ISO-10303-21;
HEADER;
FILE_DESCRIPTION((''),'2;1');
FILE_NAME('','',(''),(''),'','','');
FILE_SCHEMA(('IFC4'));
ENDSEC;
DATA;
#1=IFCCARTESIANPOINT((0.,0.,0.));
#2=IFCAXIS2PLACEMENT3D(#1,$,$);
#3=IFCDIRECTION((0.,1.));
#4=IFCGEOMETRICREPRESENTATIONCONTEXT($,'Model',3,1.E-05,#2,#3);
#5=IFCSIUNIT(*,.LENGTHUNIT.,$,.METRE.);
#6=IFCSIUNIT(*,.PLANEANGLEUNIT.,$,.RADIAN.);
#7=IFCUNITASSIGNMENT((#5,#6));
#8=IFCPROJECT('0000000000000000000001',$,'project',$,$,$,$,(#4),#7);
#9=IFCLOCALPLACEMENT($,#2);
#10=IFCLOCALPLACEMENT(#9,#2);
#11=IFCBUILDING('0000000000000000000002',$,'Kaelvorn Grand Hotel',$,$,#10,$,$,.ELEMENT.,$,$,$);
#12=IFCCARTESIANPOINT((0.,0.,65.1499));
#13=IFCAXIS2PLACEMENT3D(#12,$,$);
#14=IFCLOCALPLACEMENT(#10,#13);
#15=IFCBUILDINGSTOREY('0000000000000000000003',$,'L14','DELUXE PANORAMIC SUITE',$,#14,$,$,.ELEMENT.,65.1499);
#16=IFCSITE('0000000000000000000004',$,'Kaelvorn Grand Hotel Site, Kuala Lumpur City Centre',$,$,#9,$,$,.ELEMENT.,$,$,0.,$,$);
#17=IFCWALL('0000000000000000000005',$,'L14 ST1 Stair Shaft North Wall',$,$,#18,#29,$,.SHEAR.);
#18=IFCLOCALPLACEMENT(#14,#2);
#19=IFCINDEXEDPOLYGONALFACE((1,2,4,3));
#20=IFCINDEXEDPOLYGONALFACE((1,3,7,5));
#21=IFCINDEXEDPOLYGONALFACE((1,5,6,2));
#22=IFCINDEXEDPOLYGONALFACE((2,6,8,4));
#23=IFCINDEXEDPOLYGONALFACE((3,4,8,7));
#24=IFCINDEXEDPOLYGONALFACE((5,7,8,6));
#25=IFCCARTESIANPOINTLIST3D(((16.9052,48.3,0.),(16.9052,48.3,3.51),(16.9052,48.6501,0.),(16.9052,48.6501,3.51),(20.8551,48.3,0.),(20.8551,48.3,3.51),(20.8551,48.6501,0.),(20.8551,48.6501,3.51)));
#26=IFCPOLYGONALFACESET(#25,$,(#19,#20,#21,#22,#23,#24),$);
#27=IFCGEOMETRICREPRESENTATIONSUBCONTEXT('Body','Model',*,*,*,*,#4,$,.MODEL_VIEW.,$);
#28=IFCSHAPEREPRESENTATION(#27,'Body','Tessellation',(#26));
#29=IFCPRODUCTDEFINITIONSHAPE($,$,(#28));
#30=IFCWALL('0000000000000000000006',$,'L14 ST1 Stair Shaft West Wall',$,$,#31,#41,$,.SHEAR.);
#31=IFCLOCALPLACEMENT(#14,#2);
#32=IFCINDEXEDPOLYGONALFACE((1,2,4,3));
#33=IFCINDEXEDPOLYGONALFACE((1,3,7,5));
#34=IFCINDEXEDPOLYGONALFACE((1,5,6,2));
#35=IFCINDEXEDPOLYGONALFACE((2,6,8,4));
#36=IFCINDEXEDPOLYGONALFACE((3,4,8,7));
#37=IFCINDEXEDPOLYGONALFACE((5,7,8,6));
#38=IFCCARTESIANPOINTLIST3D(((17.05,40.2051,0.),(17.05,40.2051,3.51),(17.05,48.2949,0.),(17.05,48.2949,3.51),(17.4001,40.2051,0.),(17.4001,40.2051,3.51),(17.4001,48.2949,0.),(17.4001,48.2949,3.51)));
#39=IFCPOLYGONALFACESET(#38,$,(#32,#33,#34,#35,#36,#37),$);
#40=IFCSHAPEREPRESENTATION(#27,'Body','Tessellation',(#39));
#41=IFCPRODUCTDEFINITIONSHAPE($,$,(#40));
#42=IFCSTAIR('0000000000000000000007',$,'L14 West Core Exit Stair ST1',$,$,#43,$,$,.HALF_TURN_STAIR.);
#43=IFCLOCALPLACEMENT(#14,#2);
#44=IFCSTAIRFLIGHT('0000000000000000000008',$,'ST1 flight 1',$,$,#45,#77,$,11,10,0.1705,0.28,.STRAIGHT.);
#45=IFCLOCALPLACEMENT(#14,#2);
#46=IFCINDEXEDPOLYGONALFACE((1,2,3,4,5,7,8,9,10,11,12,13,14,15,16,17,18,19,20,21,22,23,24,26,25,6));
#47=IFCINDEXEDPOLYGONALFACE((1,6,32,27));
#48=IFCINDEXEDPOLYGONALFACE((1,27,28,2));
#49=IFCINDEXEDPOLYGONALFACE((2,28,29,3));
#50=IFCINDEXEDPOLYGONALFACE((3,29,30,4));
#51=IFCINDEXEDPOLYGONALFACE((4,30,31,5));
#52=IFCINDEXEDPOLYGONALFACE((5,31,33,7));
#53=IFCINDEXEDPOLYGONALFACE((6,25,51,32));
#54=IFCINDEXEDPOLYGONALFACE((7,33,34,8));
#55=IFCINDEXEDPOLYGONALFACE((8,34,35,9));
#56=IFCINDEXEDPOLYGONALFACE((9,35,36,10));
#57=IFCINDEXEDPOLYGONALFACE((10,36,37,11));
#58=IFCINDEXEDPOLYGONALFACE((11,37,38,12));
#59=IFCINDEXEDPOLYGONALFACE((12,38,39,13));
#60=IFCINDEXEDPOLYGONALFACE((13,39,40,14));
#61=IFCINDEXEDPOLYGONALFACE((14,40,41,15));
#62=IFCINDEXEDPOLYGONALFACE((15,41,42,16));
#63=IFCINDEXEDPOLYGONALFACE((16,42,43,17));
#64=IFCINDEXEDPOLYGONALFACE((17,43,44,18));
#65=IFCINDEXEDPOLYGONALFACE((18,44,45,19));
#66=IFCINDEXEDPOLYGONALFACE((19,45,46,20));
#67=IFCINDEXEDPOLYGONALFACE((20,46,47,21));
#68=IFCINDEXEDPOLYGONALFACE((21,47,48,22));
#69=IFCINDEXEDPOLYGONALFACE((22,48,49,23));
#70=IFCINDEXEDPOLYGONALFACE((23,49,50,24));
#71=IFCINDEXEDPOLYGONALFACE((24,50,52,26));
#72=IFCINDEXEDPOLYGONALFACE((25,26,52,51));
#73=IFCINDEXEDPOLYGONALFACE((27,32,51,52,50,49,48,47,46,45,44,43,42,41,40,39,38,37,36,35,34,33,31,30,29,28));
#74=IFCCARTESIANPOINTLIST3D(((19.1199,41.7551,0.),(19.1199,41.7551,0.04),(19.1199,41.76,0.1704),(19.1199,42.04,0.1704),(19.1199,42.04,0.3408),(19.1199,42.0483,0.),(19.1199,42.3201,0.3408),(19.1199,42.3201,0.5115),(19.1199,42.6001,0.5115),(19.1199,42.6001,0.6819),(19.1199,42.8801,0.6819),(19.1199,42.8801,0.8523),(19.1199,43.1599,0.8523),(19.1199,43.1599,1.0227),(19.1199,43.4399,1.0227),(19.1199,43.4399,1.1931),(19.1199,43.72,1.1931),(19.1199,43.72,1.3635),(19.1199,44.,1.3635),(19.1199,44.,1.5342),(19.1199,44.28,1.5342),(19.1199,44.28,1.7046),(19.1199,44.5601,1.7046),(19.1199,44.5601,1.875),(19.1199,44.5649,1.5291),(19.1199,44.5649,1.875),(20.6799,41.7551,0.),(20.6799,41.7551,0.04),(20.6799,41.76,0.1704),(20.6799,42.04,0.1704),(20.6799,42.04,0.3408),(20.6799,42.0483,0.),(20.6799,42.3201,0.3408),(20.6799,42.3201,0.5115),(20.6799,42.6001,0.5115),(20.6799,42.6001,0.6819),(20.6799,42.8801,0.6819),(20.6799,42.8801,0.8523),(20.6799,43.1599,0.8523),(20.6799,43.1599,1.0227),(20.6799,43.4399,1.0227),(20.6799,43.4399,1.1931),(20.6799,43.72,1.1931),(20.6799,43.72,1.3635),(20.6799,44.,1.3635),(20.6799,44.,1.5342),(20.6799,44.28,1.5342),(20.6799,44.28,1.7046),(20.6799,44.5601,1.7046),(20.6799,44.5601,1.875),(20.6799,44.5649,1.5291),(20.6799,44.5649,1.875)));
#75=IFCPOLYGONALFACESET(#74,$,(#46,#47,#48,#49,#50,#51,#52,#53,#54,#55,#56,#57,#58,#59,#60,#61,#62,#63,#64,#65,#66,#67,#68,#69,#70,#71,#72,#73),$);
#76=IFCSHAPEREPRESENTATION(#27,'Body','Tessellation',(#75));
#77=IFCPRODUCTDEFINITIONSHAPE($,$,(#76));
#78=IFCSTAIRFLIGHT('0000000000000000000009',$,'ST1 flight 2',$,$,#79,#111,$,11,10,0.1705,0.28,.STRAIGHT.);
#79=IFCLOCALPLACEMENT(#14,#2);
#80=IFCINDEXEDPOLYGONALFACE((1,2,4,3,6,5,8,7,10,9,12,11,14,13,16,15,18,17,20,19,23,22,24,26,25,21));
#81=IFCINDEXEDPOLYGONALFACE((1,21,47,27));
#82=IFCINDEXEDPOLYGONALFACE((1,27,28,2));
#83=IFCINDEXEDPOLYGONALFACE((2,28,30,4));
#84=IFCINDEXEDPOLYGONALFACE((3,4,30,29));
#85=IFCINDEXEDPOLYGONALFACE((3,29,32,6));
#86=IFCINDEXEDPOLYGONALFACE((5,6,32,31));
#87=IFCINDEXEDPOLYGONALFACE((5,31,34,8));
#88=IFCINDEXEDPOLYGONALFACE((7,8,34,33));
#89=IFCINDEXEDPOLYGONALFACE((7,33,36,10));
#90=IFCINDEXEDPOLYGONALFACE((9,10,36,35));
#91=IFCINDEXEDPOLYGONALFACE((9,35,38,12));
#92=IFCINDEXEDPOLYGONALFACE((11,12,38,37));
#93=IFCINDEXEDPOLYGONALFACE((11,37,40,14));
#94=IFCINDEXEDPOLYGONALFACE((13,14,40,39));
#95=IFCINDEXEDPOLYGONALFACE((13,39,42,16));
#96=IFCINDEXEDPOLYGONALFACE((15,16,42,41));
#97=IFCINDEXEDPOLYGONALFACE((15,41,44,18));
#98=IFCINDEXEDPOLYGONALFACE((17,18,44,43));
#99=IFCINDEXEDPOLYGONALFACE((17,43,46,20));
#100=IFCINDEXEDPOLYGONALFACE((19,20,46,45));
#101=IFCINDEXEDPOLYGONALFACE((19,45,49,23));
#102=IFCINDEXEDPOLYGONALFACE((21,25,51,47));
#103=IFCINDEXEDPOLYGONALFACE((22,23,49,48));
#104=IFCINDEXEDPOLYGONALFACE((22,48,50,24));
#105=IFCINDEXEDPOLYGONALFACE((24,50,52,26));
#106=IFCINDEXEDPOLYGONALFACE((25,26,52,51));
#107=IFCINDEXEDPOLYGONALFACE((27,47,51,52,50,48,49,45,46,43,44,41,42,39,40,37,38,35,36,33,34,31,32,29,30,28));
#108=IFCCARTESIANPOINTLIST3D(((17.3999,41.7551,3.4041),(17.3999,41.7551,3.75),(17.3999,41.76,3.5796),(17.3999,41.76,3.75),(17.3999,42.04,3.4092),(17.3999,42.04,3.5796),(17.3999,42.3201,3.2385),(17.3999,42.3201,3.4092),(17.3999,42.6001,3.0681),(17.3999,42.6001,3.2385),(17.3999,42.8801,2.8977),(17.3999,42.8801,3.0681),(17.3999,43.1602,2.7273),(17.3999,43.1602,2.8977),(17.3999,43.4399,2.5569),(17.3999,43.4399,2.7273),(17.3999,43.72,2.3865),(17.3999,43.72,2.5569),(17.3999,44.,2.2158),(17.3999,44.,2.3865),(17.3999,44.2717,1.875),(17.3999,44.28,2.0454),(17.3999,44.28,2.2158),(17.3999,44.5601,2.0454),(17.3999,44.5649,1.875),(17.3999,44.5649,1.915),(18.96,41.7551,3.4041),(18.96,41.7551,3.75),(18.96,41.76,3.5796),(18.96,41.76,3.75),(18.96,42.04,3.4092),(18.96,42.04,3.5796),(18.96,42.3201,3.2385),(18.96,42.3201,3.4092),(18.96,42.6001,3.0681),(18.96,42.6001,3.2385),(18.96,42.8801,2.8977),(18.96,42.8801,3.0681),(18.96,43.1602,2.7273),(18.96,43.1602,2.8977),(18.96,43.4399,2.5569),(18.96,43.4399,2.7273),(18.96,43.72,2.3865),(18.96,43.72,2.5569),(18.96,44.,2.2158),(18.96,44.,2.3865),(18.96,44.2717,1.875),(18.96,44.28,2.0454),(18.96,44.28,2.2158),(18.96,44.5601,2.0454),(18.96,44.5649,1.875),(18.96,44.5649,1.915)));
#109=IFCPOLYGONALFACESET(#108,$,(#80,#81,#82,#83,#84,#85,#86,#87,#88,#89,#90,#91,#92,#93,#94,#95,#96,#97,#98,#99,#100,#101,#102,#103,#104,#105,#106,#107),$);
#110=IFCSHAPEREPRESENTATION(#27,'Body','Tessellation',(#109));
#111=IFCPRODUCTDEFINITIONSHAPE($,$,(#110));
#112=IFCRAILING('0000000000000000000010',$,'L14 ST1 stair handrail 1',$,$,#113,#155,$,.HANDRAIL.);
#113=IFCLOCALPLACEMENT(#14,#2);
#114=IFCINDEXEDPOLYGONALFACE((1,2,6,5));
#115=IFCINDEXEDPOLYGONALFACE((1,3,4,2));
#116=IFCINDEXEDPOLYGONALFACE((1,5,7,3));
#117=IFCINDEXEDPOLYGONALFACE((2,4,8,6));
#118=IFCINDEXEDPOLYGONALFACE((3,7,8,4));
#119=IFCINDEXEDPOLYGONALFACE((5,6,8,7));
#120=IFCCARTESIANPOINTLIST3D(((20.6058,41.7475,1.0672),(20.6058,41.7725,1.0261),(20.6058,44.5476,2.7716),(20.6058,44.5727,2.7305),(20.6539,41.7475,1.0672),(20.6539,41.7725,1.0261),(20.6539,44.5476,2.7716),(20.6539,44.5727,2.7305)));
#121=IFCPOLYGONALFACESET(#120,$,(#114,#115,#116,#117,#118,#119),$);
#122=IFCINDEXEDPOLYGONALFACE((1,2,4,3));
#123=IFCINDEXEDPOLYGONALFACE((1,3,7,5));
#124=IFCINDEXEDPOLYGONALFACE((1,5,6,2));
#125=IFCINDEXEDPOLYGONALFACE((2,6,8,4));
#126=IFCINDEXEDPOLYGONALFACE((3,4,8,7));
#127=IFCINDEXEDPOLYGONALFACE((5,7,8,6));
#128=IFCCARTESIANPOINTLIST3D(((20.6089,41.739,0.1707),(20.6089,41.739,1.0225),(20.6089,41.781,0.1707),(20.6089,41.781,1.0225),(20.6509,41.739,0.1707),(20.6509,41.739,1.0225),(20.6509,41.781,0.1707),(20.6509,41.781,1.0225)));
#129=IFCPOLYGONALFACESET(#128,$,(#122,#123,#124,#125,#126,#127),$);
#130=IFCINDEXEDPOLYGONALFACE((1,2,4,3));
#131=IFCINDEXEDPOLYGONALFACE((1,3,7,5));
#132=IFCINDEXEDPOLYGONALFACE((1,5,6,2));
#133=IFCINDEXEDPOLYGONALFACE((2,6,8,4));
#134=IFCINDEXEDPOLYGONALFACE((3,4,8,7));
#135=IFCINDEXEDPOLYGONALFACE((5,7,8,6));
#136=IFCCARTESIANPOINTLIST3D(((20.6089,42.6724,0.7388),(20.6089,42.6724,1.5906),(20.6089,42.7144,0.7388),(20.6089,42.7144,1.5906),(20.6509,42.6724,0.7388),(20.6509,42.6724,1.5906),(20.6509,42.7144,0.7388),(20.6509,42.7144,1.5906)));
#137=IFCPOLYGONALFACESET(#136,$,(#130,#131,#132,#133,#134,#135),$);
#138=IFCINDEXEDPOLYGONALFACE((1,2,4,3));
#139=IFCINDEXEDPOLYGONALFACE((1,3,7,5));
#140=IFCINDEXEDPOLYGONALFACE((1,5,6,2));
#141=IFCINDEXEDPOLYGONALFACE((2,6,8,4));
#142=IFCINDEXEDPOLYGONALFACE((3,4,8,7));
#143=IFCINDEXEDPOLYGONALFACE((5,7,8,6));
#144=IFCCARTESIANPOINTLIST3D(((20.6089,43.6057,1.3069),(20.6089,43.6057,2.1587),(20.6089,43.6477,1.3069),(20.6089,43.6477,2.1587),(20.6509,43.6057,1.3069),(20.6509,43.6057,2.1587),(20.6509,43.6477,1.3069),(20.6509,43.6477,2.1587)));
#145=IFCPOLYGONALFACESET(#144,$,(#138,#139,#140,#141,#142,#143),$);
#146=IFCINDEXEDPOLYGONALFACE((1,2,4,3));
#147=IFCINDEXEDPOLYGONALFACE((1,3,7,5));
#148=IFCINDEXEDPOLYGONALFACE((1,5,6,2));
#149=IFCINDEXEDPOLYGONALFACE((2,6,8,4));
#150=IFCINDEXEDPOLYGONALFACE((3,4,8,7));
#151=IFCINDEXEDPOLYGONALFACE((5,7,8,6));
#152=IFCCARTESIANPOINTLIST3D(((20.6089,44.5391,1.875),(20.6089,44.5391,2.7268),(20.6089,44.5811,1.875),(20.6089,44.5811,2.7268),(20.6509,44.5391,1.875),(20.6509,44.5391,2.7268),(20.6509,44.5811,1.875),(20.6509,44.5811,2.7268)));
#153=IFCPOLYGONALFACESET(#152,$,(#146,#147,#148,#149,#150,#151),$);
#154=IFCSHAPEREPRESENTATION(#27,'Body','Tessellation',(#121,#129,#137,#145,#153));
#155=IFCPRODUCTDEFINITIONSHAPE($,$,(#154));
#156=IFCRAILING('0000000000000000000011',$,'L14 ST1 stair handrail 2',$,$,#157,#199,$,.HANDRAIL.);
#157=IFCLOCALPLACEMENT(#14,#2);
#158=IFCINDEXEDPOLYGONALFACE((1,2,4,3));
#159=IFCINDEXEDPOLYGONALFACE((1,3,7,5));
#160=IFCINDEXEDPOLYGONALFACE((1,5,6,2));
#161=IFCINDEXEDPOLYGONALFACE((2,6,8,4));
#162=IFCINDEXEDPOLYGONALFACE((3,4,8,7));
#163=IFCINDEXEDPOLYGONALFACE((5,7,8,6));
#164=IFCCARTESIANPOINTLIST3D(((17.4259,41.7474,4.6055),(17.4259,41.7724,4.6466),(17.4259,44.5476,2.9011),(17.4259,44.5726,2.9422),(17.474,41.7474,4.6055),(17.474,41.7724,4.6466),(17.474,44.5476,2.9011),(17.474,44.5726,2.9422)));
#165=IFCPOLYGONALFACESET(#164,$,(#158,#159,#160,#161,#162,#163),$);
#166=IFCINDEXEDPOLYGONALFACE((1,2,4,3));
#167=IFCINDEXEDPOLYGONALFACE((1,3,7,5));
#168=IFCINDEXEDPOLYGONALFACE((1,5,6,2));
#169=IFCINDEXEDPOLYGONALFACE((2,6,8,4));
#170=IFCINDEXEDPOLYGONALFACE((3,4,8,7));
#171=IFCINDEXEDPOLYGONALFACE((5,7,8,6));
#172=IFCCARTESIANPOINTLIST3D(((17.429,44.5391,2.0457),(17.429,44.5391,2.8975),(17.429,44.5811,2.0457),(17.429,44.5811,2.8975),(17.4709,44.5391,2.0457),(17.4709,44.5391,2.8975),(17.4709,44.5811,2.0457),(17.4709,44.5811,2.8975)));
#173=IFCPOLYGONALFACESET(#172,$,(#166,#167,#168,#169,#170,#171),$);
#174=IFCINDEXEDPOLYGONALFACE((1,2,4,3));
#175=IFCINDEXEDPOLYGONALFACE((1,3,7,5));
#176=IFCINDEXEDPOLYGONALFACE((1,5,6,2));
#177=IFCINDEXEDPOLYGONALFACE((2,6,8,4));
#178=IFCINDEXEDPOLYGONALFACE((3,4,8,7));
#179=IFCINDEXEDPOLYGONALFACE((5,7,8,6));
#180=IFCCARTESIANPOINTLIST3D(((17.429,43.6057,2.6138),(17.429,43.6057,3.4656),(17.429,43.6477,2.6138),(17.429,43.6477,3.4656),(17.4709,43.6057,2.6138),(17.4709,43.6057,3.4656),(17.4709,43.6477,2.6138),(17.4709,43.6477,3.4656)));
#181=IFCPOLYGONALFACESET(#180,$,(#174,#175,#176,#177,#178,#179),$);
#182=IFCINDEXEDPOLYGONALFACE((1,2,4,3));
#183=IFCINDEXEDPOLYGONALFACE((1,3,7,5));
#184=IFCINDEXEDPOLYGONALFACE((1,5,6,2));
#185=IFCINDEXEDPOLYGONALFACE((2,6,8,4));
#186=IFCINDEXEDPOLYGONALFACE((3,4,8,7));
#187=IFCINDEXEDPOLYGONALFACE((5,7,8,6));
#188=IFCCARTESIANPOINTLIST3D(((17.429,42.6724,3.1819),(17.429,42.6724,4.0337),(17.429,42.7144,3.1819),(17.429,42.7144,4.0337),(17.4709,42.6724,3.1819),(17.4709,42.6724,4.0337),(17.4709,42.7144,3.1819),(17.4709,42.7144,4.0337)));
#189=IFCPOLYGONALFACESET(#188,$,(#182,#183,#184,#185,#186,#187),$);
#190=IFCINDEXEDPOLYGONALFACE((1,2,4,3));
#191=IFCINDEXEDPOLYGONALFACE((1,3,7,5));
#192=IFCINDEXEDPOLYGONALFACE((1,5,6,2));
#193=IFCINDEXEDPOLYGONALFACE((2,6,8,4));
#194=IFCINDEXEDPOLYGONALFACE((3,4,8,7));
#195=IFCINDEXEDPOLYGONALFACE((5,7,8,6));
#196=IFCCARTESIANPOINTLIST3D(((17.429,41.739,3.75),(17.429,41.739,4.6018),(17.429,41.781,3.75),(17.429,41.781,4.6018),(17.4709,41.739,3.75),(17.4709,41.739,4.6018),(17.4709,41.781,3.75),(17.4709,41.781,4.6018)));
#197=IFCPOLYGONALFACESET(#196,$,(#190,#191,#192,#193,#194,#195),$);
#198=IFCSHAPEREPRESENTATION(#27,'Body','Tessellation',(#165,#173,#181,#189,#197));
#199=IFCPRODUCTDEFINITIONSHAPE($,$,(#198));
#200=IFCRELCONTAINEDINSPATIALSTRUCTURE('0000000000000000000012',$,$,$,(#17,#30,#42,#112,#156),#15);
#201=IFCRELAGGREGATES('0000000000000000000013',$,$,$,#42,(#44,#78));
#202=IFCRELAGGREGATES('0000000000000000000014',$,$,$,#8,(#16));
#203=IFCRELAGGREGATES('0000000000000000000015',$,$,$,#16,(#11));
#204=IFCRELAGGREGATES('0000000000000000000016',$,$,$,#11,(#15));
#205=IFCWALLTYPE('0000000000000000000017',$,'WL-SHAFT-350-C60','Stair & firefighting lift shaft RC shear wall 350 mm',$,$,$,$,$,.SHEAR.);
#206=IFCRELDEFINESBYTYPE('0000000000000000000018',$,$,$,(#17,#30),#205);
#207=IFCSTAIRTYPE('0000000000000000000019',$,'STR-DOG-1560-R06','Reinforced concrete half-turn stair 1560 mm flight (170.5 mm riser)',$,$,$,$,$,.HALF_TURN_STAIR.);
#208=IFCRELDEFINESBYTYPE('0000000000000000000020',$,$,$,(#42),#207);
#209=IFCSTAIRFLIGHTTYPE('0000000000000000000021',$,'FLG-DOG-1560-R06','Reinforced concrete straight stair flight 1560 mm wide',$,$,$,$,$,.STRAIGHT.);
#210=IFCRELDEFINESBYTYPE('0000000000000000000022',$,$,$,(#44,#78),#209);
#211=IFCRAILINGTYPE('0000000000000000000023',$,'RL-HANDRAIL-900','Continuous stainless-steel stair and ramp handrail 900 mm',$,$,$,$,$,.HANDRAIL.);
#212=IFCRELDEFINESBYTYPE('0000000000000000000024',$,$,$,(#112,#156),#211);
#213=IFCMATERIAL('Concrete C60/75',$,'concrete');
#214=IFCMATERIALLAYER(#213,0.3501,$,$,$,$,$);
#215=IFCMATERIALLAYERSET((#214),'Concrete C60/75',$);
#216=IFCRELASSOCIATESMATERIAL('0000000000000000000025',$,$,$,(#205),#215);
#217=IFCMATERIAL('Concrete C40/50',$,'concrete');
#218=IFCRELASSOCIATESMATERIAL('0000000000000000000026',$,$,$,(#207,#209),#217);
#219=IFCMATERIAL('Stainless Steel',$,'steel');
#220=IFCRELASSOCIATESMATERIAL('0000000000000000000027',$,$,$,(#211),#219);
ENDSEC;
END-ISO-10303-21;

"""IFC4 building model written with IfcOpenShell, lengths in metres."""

from ifc_helpers import new_model, si_unit, direction, frame, frame_2d, origin, origin_2d, place, context, subcontext, project, spatial, polyline, rectangle, outline, extrude, material, layer, layer_set, type_object, element, aggregate, save


model = new_model("IFC4")

# Units and contexts
model_context = context("Model", 3, precision=1e-05, world=origin(), true_north=direction((0.0, 1.0)))
body_context = subcontext(model_context, "Body", "Model", "MODEL_VIEW")
ifc_project = project(units=[si_unit("LENGTHUNIT", "METRE"), si_unit("PLANEANGLEUNIT", "RADIAN")], contexts=[model_context])

# Site, building, storey
site_placement = place(None, origin())
site = spatial("IfcSite", under=ifc_project, at=site_placement, Name="Kaelvorn Grand Hotel Site, Kuala Lumpur City Centre", CompositionType="ELEMENT", RefElevation=0.0)
building_placement = place(site_placement, origin())
building = spatial("IfcBuilding", under=site, at=building_placement, Name="Kaelvorn Grand Hotel", CompositionType="ELEMENT")
storey_placement = place(building_placement, frame((0.0, 0.0, 65.1499)))
storey = spatial("IfcBuildingStorey", under=building, at=storey_placement, Name="L14", Description="DELUXE PANORAMIC SUITE", CompositionType="ELEMENT", Elevation=65.1499)

# Shared definitions
ifc_material_1 = material(Name="Concrete C60/75", Category="concrete")

# Shared definitions
ifc_material_2 = material(Name="Concrete C40/50", Category="concrete")

# Walls
ifc_layer_1 = layer(ifc_material_1, 0.3501)
ifc_layer_set_1 = layer_set([ifc_layer_1], Name="Concrete C60/75")
wall_type_1 = type_object("IfcWallType", Name="WL-SHAFT-350-C60", Description="Stair & firefighting lift shaft RC shear wall 350 mm", PredefinedType="SHEAR", material=ifc_layer_set_1)
wall_1_placement = place(storey_placement, frame((16.905, 48.4751, 0.0), z_axis=(0.0, 0.0, 1.0), x_axis=(1.0, 0.0, 0.0)))
element("IfcWall", 1, at=wall_1_placement, inside=storey, type_object=wall_type_1, Name="L14 ST1 Stair Shaft North Wall", PredefinedType="SHEAR", context=body_context, shape_type="SweptSolid", body=[
    extrude(rectangle(XDim=3.95, YDim=0.3501, at=frame_2d((1.9751, 0.0))), origin(), (0.0, 0.0, 1.0), 3.51),
])
wall_2_placement = place(storey_placement, frame((17.2251, 40.2051, 0.0), z_axis=(0.0, 0.0, 1.0), x_axis=(0.0, 1.0, 0.0)))
element("IfcWall", 2, at=wall_2_placement, inside=storey, type_object=wall_type_1, Name="L14 ST1 Stair Shaft West Wall", PredefinedType="SHEAR", context=body_context, shape_type="SweptSolid", body=[
    extrude(rectangle(XDim=8.0898, YDim=0.3501, at=frame_2d((4.0449, 0.0))), origin(), (0.0, 0.0, 1.0), 3.51),
])

# Stair, stair flights
stair_type = type_object("IfcStairType", Name="STR-DOG-1560-R06", Description="Reinforced concrete half-turn stair 1560 mm flight (170.5 mm riser)", PredefinedType="HALF_TURN_STAIR", material=ifc_material_2)
stair_placement = place(storey_placement, origin())
stair = element("IfcStair", 3, at=stair_placement, inside=storey, type_object=stair_type, Name="L14 West Core Exit Stair ST1", PredefinedType="HALF_TURN_STAIR")
stair_flight_type = type_object("IfcStairFlightType", Name="FLG-DOG-1560-R06", Description="Reinforced concrete straight stair flight 1560 mm wide", PredefinedType="STRAIGHT", material=ifc_material_2)
stair_flight_1_placement = place(storey_placement, frame((19.8999, 41.76, 0.0), z_axis=(0.0, 0.0, 1.0), x_axis=(0.0, 1.0, 0.0)))
stair_flight_1 = element("IfcStairFlight", 4, at=stair_flight_1_placement, type_object=stair_flight_type, Name="ST1 flight 1", NumberOfRisers=11, NumberOfTreads=10, PredefinedType="STRAIGHT", RiserHeight=0.1705, TreadLength=0.28, context=body_context, shape_type="SweptSolid", body=[
    extrude(outline(polyline([(-0.0049, 0.0), (-0.0049, 0.04), (0.0, 0.1704), (0.28, 0.1704), (0.28, 0.3408), (0.5601, 0.3408), (0.5601, 0.5115), (0.8401, 0.5115), (0.8401, 0.6819), (1.1201, 0.6819), (1.1201, 0.8523), (1.3999, 0.8523), (1.3999, 1.0227), (1.6799, 1.0227), (1.6799, 1.1931), (1.96, 1.1931), (1.96, 1.3635), (2.24, 1.3635), (2.24, 1.5342), (2.52, 1.5342), (2.52, 1.7046), (2.8, 1.7046), (2.8, 1.875), (2.8049, 1.875), (2.8049, 1.5291), (0.2883, 0.0), (-0.0049, 0.0)])), frame((0.0, 0.78, 0.0), z_axis=(0.0, -1.0, 0.0), x_axis=(1.0, 0.0, 0.0)), (0.0, 0.0, 1.0), 1.5601),
])
stair_flight_2_placement = place(storey_placement, frame((18.1799, 44.5601, 1.875), z_axis=(0.0, 0.0, 1.0), x_axis=(0.0, -1.0, 0.0)))
stair_flight_2 = element("IfcStairFlight", 5, at=stair_flight_2_placement, type_object=stair_flight_type, Name="ST1 flight 2", NumberOfRisers=11, NumberOfTreads=10, PredefinedType="STRAIGHT", RiserHeight=0.1705, TreadLength=0.28, context=body_context, shape_type="SweptSolid", body=[
    extrude(outline(polyline([(-0.0049, 0.0), (-0.0049, 0.04), (0.0, 0.1704), (0.28, 0.1704), (0.28, 0.3408), (0.5601, 0.3408), (0.5601, 0.5115), (0.8401, 0.5115), (0.8401, 0.6819), (1.1201, 0.6819), (1.1201, 0.8523), (1.3999, 0.8523), (1.3999, 1.0227), (1.6799, 1.0227), (1.6799, 1.1931), (1.96, 1.1931), (1.96, 1.3635), (2.24, 1.3635), (2.24, 1.5342), (2.52, 1.5342), (2.52, 1.7046), (2.8, 1.7046), (2.8, 1.875), (2.8049, 1.875), (2.8049, 1.5291), (0.2883, 0.0), (-0.0049, 0.0)])), frame((0.0, 0.78, 0.0), z_axis=(0.0, -1.0, 0.0), x_axis=(1.0, 0.0, 0.0)), (0.0, 0.0, 1.0), 1.5601),
])
aggregate(stair, [stair_flight_1, stair_flight_2])

# Railings
ifc_material_3 = material(Name="Stainless Steel", Category="steel")
railing_type_1 = type_object("IfcRailingType", Name="RL-HANDRAIL-900", Description="Continuous stainless-steel stair and ramp handrail 900 mm", PredefinedType="HANDRAIL", material=ifc_material_3)
railing_1_placement = place(storey_placement, frame((20.6299, 41.76, 0.1707)))
element("IfcRailing", 6, at=railing_1_placement, inside=storey, type_object=railing_type_1, Name="L14 ST1 stair handrail 1", PredefinedType="HANDRAIL", context=body_context, shape_type="SweptSolid", body=[
    extrude(rectangle(XDim=0.0481, YDim=0.0481, at=origin_2d()), frame((0.0, 0.0, 0.876), z_axis=(0.0, 0.854203, 0.51994), x_axis=(-1.0, 0.0, 0.0)), (0.0, 0.0, 1.0), 3.2781),
    extrude(rectangle(XDim=0.042, YDim=0.042, at=origin_2d()), origin(), (0.0, 0.0, 1.0), 0.8518),
    extrude(rectangle(XDim=0.042, YDim=0.042, at=origin_2d()), frame((0.0, 0.9333, 0.5681)), (0.0, 0.0, 1.0), 0.8518),
    extrude(rectangle(XDim=0.042, YDim=0.042, at=origin_2d()), frame((0.0, 1.8667, 1.1362)), (0.0, 0.0, 1.0), 0.8518),
    extrude(rectangle(XDim=0.042, YDim=0.042, at=origin_2d()), frame((0.0, 2.8, 1.7043)), (0.0, 0.0, 1.0), 0.8518),
])
railing_2_placement = place(storey_placement, frame((17.45, 44.5601, 2.0457)))
element("IfcRailing", 7, at=railing_2_placement, inside=storey, type_object=railing_type_1, Name="L14 ST1 stair handrail 2", PredefinedType="HANDRAIL", context=body_context, shape_type="SweptSolid", body=[
    extrude(rectangle(XDim=0.0481, YDim=0.0481, at=origin_2d()), frame((0.0, 0.0, 0.876), z_axis=(0.0, -0.854203, 0.51994), x_axis=(1.0, 0.0, 0.0)), (0.0, 0.0, 1.0), 3.2781),
    extrude(rectangle(XDim=0.042, YDim=0.042, at=origin_2d()), origin(), (0.0, 0.0, 1.0), 0.8518),
    extrude(rectangle(XDim=0.042, YDim=0.042, at=origin_2d()), frame((0.0, -0.9333, 0.5681)), (0.0, 0.0, 1.0), 0.8518),
    extrude(rectangle(XDim=0.042, YDim=0.042, at=origin_2d()), frame((0.0, -1.8667, 1.1362)), (0.0, 0.0, 1.0), 0.8518),
    extrude(rectangle(XDim=0.042, YDim=0.042, at=origin_2d()), frame((0.0, -2.8, 1.7043)), (0.0, 0.0, 1.0), 0.8518),
])

save(model, "model.ifc")
